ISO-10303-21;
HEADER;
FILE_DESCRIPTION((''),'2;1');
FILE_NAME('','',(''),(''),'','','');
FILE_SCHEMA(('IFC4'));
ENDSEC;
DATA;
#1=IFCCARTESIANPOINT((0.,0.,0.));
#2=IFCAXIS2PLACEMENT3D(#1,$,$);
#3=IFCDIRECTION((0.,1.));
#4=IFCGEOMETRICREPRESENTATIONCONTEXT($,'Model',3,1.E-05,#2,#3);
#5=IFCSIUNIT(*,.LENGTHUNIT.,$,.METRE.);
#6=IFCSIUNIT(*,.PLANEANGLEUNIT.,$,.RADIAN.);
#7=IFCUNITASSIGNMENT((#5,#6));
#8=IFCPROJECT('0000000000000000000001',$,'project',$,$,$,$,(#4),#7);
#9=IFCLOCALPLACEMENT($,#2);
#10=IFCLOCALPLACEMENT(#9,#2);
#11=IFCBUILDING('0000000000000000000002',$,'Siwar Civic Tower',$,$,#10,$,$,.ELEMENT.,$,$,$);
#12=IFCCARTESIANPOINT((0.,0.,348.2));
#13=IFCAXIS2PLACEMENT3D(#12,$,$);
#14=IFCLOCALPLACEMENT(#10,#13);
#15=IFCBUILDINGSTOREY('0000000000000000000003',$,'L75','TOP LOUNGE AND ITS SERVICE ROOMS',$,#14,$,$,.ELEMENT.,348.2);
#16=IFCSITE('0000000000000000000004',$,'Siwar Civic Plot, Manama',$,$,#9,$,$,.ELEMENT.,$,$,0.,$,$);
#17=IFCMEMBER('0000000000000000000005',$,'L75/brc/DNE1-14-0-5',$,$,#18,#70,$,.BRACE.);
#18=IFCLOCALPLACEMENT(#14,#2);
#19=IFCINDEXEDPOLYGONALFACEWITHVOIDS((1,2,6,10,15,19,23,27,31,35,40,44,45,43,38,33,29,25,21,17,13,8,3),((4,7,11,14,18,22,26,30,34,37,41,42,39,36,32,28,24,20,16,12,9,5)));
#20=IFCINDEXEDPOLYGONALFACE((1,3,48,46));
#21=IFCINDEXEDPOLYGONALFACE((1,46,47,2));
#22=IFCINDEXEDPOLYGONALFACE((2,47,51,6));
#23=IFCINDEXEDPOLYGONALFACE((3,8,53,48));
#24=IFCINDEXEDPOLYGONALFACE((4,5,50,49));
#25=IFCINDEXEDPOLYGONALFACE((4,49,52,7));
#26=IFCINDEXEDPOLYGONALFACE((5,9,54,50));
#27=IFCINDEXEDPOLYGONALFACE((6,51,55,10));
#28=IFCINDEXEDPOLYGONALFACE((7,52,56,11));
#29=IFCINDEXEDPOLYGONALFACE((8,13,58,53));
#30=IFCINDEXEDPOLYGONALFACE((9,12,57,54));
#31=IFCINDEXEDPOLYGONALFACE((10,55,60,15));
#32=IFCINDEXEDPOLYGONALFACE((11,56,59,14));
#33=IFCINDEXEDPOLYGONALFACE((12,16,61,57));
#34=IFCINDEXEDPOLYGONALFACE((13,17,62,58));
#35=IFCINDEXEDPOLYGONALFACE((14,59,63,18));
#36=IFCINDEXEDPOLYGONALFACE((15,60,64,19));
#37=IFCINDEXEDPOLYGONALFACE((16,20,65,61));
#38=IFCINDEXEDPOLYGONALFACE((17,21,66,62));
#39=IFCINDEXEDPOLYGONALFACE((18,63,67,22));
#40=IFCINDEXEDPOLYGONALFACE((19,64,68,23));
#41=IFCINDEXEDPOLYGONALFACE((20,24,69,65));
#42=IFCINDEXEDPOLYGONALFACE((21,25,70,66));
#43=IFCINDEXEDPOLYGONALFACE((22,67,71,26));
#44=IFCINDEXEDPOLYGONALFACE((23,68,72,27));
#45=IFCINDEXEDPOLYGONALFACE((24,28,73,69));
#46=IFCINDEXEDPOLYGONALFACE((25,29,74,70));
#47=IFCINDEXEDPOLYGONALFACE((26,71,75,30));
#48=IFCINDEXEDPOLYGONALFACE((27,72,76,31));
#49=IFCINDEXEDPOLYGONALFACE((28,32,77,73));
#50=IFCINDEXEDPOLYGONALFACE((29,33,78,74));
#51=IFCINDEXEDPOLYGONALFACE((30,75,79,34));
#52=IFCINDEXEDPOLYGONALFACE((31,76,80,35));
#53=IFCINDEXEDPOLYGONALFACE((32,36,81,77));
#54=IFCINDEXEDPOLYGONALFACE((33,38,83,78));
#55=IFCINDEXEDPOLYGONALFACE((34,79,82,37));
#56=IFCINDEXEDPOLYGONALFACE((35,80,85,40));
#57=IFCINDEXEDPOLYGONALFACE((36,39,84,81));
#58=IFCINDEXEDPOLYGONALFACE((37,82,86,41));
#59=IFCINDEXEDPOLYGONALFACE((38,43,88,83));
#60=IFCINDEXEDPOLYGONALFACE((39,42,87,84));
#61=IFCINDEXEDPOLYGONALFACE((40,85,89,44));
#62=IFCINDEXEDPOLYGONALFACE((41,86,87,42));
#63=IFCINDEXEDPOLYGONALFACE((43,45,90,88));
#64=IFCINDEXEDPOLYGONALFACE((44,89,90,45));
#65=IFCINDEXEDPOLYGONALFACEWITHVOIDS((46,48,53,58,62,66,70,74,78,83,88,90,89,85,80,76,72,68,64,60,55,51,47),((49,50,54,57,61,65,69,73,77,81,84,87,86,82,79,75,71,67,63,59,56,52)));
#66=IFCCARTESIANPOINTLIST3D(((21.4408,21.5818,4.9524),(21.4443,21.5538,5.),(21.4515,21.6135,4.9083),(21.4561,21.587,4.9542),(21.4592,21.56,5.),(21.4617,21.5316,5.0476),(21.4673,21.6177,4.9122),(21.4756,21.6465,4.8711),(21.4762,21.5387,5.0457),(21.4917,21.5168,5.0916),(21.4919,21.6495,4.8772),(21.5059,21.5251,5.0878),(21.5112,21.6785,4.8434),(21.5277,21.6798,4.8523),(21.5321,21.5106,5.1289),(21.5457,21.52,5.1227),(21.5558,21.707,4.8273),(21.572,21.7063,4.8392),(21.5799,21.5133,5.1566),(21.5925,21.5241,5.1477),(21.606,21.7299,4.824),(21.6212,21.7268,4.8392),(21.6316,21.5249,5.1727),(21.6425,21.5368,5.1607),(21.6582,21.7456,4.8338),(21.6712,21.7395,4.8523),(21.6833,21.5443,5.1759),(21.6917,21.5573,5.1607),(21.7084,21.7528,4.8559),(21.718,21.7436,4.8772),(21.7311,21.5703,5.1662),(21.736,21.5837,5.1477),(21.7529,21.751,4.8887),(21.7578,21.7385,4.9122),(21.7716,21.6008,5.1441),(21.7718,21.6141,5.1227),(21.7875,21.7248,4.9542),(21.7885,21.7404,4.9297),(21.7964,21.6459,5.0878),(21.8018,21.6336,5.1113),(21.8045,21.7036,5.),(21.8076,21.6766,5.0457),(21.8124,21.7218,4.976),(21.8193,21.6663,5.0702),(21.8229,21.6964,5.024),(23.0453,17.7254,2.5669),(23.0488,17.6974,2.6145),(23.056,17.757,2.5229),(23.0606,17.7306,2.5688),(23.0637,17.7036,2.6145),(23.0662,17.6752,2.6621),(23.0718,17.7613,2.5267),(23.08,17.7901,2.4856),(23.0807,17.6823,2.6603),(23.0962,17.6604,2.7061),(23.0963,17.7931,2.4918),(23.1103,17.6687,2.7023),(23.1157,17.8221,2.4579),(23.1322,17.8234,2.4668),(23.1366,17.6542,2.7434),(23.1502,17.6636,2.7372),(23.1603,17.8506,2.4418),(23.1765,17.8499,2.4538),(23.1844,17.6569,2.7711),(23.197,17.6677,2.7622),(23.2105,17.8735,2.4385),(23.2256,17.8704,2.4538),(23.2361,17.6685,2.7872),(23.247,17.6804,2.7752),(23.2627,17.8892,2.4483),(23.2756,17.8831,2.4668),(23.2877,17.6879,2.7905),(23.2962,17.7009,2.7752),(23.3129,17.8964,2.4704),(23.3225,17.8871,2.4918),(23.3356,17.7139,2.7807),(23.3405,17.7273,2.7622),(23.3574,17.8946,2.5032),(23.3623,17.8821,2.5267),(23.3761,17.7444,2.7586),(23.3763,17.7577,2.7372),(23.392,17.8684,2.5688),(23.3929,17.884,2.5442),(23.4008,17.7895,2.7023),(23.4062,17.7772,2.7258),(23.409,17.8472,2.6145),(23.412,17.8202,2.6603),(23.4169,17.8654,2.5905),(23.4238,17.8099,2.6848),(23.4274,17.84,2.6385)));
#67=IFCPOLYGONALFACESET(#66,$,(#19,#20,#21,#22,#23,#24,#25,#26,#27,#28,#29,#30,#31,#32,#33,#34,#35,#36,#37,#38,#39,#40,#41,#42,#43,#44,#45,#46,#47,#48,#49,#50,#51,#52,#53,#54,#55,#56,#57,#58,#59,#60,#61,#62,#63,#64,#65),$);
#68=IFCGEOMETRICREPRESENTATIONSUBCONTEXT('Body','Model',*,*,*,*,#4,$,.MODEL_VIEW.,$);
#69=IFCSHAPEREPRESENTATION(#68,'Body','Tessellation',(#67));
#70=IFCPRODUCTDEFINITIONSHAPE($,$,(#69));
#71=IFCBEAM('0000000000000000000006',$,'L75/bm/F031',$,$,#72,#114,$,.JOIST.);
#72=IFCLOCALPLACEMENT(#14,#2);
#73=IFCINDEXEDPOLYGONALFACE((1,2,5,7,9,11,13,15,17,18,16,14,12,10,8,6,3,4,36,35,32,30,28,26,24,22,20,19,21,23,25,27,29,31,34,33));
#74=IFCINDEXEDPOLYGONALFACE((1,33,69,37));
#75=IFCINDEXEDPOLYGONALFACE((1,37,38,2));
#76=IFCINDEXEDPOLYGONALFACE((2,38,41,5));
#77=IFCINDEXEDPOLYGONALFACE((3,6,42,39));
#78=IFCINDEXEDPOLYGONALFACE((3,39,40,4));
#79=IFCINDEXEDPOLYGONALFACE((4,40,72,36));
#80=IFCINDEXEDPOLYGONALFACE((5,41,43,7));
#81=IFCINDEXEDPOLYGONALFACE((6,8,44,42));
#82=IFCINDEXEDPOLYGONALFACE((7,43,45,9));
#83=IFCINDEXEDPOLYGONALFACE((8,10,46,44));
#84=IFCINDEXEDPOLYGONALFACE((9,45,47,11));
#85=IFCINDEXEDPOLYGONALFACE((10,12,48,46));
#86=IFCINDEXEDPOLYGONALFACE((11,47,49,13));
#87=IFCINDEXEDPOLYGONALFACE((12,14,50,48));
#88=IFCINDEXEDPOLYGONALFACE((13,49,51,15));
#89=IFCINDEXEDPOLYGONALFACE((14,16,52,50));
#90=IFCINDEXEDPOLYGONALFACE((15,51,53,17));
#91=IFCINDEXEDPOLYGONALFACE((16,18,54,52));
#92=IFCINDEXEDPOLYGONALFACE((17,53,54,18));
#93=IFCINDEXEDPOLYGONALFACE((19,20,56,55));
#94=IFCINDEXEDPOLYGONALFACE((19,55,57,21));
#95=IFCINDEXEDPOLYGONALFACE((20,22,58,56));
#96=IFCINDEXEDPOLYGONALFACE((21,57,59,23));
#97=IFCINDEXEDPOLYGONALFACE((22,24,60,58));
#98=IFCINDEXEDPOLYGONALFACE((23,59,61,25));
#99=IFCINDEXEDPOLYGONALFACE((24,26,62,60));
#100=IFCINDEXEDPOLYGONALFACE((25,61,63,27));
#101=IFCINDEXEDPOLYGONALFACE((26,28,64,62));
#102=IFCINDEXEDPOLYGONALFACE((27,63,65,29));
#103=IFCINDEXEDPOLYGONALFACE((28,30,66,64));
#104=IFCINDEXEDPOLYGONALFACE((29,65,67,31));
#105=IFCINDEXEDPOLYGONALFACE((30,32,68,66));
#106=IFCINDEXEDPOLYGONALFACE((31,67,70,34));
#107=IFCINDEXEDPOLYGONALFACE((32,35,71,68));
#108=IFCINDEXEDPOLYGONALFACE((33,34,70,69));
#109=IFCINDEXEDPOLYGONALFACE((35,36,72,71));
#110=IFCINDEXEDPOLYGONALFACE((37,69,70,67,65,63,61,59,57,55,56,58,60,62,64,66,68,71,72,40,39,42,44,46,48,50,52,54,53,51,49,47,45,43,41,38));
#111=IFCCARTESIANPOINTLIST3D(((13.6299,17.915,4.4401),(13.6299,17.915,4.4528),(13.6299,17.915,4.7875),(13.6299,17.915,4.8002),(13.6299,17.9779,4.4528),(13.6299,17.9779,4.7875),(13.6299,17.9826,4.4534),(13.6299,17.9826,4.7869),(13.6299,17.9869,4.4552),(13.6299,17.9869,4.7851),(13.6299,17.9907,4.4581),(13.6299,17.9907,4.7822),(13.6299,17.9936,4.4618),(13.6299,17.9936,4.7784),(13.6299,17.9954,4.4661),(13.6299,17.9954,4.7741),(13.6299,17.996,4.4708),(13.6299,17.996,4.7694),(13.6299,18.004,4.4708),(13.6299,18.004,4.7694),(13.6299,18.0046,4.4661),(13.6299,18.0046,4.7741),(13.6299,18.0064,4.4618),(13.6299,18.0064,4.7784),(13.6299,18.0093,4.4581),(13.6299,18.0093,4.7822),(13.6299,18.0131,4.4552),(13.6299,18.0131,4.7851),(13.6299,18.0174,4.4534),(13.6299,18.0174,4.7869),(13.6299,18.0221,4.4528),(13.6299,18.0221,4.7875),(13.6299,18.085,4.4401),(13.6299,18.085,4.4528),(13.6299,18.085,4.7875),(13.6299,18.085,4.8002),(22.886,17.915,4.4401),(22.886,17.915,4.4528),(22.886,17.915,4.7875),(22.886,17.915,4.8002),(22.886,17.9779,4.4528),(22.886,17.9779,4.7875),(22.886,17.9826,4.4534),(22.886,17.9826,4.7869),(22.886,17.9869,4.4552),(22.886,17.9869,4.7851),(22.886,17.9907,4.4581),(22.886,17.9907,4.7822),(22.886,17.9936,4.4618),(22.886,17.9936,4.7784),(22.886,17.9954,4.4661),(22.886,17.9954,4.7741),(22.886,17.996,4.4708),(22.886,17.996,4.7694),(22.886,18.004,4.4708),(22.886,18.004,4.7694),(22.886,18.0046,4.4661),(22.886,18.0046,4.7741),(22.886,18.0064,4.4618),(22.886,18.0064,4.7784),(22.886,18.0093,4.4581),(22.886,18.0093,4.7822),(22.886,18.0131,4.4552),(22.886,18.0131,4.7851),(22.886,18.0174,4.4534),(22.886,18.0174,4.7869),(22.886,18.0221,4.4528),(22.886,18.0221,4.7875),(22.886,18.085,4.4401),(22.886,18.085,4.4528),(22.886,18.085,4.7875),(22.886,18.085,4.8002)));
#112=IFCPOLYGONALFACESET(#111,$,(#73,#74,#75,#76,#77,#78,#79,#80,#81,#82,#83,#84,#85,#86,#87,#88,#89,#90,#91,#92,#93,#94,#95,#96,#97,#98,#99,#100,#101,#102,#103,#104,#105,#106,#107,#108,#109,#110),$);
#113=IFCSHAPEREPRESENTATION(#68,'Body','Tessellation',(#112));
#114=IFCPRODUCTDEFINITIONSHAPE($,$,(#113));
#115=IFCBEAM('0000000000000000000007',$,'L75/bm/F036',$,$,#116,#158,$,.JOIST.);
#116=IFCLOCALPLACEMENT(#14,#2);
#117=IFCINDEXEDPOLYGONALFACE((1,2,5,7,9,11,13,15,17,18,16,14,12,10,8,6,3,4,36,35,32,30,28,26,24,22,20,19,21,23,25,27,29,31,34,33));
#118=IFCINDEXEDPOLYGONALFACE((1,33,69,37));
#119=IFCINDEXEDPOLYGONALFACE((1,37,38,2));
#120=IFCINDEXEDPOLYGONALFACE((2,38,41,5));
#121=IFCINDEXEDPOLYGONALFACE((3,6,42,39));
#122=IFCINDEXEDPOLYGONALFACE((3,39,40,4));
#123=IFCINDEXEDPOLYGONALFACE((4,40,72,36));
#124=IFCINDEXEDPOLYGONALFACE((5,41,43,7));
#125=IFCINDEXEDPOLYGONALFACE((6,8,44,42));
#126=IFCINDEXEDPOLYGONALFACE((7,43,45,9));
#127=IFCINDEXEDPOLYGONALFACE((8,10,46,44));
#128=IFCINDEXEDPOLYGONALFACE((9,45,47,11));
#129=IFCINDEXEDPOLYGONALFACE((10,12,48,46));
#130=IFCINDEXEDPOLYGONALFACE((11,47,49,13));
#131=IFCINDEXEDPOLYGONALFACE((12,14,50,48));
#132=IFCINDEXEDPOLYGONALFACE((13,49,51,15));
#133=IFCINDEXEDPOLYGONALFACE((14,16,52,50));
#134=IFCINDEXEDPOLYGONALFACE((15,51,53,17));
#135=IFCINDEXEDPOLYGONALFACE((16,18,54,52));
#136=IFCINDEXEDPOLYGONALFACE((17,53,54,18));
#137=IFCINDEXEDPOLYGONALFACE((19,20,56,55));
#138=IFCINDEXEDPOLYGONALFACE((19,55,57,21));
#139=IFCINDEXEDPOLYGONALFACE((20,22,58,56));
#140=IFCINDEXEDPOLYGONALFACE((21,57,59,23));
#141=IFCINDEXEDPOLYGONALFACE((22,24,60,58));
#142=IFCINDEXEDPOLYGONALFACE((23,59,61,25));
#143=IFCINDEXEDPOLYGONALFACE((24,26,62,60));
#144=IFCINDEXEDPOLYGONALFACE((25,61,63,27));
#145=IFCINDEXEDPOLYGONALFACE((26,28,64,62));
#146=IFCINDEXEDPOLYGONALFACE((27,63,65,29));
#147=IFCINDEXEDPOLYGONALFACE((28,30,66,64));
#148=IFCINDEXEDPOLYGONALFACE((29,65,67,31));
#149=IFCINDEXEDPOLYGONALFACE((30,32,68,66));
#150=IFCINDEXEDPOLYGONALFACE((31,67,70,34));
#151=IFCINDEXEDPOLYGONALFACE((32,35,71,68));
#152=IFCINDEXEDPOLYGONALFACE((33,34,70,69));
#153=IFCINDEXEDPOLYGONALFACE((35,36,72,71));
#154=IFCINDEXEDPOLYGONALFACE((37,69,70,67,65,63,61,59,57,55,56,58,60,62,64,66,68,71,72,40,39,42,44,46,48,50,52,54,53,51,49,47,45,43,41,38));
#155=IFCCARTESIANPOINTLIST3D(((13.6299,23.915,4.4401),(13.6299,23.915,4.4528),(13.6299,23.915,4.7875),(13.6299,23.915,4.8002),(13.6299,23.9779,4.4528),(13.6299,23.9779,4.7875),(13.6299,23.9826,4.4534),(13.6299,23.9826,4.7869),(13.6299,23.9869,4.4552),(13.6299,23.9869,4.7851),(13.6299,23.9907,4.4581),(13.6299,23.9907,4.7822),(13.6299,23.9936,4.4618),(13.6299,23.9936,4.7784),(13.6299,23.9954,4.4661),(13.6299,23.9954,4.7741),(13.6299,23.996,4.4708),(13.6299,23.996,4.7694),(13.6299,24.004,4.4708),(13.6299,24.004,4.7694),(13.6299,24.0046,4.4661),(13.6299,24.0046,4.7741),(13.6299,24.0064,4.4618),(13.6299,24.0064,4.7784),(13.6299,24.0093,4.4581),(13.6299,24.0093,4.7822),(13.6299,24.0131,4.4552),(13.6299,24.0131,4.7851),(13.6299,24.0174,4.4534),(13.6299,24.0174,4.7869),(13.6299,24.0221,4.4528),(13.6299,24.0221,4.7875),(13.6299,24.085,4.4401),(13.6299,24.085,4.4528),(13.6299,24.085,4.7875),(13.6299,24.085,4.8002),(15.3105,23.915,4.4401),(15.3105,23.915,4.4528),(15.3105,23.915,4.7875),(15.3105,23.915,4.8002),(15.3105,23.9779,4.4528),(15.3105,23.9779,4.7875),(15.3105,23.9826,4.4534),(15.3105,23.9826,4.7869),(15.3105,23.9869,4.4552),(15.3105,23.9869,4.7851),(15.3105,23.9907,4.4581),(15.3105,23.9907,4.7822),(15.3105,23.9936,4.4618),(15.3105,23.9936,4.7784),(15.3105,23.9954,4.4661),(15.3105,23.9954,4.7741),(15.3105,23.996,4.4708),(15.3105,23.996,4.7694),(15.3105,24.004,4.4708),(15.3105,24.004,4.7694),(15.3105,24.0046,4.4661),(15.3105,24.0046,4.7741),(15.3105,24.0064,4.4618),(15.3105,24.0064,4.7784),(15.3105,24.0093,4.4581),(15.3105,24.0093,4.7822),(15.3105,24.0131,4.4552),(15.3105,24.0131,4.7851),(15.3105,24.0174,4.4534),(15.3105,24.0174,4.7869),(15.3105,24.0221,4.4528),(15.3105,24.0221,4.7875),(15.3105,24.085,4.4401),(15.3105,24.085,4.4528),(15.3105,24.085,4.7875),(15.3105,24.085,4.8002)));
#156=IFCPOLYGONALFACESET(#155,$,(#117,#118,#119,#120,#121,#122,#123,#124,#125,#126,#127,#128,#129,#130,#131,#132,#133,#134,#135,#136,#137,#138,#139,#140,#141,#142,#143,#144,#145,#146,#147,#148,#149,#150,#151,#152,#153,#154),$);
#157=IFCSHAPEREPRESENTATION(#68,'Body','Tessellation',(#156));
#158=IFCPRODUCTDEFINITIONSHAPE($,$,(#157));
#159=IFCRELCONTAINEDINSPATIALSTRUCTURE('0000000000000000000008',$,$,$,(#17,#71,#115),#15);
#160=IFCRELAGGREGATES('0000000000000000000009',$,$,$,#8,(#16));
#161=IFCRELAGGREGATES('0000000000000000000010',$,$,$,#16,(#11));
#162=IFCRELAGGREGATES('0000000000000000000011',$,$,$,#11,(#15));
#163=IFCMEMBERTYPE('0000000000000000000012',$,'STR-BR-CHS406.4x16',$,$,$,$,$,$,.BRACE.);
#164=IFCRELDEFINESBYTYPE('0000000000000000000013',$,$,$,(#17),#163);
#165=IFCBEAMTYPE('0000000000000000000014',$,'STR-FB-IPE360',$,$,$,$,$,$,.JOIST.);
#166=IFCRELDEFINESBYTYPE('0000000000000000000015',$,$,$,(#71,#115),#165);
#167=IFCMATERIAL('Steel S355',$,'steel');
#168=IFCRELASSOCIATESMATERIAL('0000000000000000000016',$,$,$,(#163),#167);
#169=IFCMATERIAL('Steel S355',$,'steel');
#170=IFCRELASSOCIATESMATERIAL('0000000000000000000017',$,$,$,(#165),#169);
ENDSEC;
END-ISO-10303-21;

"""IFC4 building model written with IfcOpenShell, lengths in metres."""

from ifc_helpers import new_model, si_unit, direction, frame, origin, origin_2d, place, context, subcontext, project, spatial, hollow_circle, i_section, extrude, material, material_profile, profile_set, type_object, element, save


model = new_model("IFC4")

# Units and contexts
model_context = context("Model", 3, precision=1e-05, world=origin(), true_north=direction((0.0, 1.0)))
body_context = subcontext(model_context, "Body", "Model", "MODEL_VIEW")
ifc_project = project(units=[si_unit("LENGTHUNIT", "METRE"), si_unit("PLANEANGLEUNIT", "RADIAN")], contexts=[model_context])

# Site, building, storey
site_placement = place(None, origin())
site = spatial("IfcSite", under=ifc_project, at=site_placement, Name="Siwar Civic Plot, Manama", CompositionType="ELEMENT", RefElevation=0.0)
building_placement = place(site_placement, origin())
building = spatial("IfcBuilding", under=site, at=building_placement, Name="Siwar Civic Tower", CompositionType="ELEMENT")
storey_placement = place(building_placement, frame((0.0, 0.0, 348.2)))
storey = spatial("IfcBuildingStorey", under=building, at=storey_placement, Name="L75", Description="TOP LOUNGE AND ITS SERVICE ROOMS", CompositionType="ELEMENT", Elevation=348.2)

# Member
ifc_material_1 = material(Name="Steel S355", Category="steel")
ifc_material_profile_1 = material_profile(ifc_material_1, hollow_circle(Radius=0.2031, WallThickness=0.0161, at=origin_2d()), Name="CHS406.4x16")
ifc_profile_set_1 = profile_set([ifc_material_profile_1], Name="Steel S355")
member_type_1 = type_object("IfcMemberType", Name="STR-BR-CHS406.4x16", PredefinedType="BRACE", material=ifc_profile_set_1)
for number, where, z_axis, x_axis, name in (
    (1, (23.2363, 17.7754, 2.6145), (-0.333567, 0.801737, 0.495934), (-0.923277, -0.384134, 0.0), "L75/brc/DNE1-14-0-5"),
):
    element("IfcMember", number, at=place(storey_placement, frame(where, z_axis=z_axis, x_axis=x_axis)), inside=storey, type_object=member_type_1, Name=name, PredefinedType="BRACE", context=body_context, shape_type="SweptSolid", body=[
        extrude(hollow_circle(Radius=0.2031, WallThickness=0.0161, at=origin_2d()), origin(), (0.0, 0.0, 1.0), 4.8101),
    ])

# Beams
ifc_material_2 = material(Name="Steel S355", Category="steel")
ifc_material_profile_2 = material_profile(ifc_material_2, i_section(OverallWidth=0.1699, OverallDepth=0.3601, WebThickness=0.0081, FlangeThickness=0.0127, FilletRadius=0.0181, at=origin_2d()), Name="IPE360")
ifc_profile_set_2 = profile_set([ifc_material_profile_2], Name="Steel S355")
beam_type_1 = type_object("IfcBeamType", Name="STR-FB-IPE360", PredefinedType="JOIST", material=ifc_profile_set_2)
beam_1_placement = place(storey_placement, frame((13.6299, 18.0, 4.6201), z_axis=(1.0, 0.0, 0.0), x_axis=(0.0, 1.0, 0.0)))
element("IfcBeam", 2, at=beam_1_placement, inside=storey, type_object=beam_type_1, Name="L75/bm/F031", PredefinedType="JOIST", context=body_context, shape_type="SweptSolid", body=[
    extrude(i_section(OverallWidth=0.1699, OverallDepth=0.3601, WebThickness=0.0081, FlangeThickness=0.0127, FilletRadius=0.0181, at=origin_2d()), origin(), (0.0, 0.0, 1.0), 9.2561),
])
beam_2_placement = place(storey_placement, frame((13.6299, 24.0, 4.6201), z_axis=(1.0, 0.0, 0.0), x_axis=(0.0, 1.0, 0.0)))
element("IfcBeam", 3, at=beam_2_placement, inside=storey, type_object=beam_type_1, Name="L75/bm/F036", PredefinedType="JOIST", context=body_context, shape_type="SweptSolid", body=[
    extrude(i_section(OverallWidth=0.1699, OverallDepth=0.3601, WebThickness=0.0081, FlangeThickness=0.0127, FilletRadius=0.0181, at=origin_2d()), origin(), (0.0, 0.0, 1.0), 1.6807),
])

save(model, "model.ifc")
